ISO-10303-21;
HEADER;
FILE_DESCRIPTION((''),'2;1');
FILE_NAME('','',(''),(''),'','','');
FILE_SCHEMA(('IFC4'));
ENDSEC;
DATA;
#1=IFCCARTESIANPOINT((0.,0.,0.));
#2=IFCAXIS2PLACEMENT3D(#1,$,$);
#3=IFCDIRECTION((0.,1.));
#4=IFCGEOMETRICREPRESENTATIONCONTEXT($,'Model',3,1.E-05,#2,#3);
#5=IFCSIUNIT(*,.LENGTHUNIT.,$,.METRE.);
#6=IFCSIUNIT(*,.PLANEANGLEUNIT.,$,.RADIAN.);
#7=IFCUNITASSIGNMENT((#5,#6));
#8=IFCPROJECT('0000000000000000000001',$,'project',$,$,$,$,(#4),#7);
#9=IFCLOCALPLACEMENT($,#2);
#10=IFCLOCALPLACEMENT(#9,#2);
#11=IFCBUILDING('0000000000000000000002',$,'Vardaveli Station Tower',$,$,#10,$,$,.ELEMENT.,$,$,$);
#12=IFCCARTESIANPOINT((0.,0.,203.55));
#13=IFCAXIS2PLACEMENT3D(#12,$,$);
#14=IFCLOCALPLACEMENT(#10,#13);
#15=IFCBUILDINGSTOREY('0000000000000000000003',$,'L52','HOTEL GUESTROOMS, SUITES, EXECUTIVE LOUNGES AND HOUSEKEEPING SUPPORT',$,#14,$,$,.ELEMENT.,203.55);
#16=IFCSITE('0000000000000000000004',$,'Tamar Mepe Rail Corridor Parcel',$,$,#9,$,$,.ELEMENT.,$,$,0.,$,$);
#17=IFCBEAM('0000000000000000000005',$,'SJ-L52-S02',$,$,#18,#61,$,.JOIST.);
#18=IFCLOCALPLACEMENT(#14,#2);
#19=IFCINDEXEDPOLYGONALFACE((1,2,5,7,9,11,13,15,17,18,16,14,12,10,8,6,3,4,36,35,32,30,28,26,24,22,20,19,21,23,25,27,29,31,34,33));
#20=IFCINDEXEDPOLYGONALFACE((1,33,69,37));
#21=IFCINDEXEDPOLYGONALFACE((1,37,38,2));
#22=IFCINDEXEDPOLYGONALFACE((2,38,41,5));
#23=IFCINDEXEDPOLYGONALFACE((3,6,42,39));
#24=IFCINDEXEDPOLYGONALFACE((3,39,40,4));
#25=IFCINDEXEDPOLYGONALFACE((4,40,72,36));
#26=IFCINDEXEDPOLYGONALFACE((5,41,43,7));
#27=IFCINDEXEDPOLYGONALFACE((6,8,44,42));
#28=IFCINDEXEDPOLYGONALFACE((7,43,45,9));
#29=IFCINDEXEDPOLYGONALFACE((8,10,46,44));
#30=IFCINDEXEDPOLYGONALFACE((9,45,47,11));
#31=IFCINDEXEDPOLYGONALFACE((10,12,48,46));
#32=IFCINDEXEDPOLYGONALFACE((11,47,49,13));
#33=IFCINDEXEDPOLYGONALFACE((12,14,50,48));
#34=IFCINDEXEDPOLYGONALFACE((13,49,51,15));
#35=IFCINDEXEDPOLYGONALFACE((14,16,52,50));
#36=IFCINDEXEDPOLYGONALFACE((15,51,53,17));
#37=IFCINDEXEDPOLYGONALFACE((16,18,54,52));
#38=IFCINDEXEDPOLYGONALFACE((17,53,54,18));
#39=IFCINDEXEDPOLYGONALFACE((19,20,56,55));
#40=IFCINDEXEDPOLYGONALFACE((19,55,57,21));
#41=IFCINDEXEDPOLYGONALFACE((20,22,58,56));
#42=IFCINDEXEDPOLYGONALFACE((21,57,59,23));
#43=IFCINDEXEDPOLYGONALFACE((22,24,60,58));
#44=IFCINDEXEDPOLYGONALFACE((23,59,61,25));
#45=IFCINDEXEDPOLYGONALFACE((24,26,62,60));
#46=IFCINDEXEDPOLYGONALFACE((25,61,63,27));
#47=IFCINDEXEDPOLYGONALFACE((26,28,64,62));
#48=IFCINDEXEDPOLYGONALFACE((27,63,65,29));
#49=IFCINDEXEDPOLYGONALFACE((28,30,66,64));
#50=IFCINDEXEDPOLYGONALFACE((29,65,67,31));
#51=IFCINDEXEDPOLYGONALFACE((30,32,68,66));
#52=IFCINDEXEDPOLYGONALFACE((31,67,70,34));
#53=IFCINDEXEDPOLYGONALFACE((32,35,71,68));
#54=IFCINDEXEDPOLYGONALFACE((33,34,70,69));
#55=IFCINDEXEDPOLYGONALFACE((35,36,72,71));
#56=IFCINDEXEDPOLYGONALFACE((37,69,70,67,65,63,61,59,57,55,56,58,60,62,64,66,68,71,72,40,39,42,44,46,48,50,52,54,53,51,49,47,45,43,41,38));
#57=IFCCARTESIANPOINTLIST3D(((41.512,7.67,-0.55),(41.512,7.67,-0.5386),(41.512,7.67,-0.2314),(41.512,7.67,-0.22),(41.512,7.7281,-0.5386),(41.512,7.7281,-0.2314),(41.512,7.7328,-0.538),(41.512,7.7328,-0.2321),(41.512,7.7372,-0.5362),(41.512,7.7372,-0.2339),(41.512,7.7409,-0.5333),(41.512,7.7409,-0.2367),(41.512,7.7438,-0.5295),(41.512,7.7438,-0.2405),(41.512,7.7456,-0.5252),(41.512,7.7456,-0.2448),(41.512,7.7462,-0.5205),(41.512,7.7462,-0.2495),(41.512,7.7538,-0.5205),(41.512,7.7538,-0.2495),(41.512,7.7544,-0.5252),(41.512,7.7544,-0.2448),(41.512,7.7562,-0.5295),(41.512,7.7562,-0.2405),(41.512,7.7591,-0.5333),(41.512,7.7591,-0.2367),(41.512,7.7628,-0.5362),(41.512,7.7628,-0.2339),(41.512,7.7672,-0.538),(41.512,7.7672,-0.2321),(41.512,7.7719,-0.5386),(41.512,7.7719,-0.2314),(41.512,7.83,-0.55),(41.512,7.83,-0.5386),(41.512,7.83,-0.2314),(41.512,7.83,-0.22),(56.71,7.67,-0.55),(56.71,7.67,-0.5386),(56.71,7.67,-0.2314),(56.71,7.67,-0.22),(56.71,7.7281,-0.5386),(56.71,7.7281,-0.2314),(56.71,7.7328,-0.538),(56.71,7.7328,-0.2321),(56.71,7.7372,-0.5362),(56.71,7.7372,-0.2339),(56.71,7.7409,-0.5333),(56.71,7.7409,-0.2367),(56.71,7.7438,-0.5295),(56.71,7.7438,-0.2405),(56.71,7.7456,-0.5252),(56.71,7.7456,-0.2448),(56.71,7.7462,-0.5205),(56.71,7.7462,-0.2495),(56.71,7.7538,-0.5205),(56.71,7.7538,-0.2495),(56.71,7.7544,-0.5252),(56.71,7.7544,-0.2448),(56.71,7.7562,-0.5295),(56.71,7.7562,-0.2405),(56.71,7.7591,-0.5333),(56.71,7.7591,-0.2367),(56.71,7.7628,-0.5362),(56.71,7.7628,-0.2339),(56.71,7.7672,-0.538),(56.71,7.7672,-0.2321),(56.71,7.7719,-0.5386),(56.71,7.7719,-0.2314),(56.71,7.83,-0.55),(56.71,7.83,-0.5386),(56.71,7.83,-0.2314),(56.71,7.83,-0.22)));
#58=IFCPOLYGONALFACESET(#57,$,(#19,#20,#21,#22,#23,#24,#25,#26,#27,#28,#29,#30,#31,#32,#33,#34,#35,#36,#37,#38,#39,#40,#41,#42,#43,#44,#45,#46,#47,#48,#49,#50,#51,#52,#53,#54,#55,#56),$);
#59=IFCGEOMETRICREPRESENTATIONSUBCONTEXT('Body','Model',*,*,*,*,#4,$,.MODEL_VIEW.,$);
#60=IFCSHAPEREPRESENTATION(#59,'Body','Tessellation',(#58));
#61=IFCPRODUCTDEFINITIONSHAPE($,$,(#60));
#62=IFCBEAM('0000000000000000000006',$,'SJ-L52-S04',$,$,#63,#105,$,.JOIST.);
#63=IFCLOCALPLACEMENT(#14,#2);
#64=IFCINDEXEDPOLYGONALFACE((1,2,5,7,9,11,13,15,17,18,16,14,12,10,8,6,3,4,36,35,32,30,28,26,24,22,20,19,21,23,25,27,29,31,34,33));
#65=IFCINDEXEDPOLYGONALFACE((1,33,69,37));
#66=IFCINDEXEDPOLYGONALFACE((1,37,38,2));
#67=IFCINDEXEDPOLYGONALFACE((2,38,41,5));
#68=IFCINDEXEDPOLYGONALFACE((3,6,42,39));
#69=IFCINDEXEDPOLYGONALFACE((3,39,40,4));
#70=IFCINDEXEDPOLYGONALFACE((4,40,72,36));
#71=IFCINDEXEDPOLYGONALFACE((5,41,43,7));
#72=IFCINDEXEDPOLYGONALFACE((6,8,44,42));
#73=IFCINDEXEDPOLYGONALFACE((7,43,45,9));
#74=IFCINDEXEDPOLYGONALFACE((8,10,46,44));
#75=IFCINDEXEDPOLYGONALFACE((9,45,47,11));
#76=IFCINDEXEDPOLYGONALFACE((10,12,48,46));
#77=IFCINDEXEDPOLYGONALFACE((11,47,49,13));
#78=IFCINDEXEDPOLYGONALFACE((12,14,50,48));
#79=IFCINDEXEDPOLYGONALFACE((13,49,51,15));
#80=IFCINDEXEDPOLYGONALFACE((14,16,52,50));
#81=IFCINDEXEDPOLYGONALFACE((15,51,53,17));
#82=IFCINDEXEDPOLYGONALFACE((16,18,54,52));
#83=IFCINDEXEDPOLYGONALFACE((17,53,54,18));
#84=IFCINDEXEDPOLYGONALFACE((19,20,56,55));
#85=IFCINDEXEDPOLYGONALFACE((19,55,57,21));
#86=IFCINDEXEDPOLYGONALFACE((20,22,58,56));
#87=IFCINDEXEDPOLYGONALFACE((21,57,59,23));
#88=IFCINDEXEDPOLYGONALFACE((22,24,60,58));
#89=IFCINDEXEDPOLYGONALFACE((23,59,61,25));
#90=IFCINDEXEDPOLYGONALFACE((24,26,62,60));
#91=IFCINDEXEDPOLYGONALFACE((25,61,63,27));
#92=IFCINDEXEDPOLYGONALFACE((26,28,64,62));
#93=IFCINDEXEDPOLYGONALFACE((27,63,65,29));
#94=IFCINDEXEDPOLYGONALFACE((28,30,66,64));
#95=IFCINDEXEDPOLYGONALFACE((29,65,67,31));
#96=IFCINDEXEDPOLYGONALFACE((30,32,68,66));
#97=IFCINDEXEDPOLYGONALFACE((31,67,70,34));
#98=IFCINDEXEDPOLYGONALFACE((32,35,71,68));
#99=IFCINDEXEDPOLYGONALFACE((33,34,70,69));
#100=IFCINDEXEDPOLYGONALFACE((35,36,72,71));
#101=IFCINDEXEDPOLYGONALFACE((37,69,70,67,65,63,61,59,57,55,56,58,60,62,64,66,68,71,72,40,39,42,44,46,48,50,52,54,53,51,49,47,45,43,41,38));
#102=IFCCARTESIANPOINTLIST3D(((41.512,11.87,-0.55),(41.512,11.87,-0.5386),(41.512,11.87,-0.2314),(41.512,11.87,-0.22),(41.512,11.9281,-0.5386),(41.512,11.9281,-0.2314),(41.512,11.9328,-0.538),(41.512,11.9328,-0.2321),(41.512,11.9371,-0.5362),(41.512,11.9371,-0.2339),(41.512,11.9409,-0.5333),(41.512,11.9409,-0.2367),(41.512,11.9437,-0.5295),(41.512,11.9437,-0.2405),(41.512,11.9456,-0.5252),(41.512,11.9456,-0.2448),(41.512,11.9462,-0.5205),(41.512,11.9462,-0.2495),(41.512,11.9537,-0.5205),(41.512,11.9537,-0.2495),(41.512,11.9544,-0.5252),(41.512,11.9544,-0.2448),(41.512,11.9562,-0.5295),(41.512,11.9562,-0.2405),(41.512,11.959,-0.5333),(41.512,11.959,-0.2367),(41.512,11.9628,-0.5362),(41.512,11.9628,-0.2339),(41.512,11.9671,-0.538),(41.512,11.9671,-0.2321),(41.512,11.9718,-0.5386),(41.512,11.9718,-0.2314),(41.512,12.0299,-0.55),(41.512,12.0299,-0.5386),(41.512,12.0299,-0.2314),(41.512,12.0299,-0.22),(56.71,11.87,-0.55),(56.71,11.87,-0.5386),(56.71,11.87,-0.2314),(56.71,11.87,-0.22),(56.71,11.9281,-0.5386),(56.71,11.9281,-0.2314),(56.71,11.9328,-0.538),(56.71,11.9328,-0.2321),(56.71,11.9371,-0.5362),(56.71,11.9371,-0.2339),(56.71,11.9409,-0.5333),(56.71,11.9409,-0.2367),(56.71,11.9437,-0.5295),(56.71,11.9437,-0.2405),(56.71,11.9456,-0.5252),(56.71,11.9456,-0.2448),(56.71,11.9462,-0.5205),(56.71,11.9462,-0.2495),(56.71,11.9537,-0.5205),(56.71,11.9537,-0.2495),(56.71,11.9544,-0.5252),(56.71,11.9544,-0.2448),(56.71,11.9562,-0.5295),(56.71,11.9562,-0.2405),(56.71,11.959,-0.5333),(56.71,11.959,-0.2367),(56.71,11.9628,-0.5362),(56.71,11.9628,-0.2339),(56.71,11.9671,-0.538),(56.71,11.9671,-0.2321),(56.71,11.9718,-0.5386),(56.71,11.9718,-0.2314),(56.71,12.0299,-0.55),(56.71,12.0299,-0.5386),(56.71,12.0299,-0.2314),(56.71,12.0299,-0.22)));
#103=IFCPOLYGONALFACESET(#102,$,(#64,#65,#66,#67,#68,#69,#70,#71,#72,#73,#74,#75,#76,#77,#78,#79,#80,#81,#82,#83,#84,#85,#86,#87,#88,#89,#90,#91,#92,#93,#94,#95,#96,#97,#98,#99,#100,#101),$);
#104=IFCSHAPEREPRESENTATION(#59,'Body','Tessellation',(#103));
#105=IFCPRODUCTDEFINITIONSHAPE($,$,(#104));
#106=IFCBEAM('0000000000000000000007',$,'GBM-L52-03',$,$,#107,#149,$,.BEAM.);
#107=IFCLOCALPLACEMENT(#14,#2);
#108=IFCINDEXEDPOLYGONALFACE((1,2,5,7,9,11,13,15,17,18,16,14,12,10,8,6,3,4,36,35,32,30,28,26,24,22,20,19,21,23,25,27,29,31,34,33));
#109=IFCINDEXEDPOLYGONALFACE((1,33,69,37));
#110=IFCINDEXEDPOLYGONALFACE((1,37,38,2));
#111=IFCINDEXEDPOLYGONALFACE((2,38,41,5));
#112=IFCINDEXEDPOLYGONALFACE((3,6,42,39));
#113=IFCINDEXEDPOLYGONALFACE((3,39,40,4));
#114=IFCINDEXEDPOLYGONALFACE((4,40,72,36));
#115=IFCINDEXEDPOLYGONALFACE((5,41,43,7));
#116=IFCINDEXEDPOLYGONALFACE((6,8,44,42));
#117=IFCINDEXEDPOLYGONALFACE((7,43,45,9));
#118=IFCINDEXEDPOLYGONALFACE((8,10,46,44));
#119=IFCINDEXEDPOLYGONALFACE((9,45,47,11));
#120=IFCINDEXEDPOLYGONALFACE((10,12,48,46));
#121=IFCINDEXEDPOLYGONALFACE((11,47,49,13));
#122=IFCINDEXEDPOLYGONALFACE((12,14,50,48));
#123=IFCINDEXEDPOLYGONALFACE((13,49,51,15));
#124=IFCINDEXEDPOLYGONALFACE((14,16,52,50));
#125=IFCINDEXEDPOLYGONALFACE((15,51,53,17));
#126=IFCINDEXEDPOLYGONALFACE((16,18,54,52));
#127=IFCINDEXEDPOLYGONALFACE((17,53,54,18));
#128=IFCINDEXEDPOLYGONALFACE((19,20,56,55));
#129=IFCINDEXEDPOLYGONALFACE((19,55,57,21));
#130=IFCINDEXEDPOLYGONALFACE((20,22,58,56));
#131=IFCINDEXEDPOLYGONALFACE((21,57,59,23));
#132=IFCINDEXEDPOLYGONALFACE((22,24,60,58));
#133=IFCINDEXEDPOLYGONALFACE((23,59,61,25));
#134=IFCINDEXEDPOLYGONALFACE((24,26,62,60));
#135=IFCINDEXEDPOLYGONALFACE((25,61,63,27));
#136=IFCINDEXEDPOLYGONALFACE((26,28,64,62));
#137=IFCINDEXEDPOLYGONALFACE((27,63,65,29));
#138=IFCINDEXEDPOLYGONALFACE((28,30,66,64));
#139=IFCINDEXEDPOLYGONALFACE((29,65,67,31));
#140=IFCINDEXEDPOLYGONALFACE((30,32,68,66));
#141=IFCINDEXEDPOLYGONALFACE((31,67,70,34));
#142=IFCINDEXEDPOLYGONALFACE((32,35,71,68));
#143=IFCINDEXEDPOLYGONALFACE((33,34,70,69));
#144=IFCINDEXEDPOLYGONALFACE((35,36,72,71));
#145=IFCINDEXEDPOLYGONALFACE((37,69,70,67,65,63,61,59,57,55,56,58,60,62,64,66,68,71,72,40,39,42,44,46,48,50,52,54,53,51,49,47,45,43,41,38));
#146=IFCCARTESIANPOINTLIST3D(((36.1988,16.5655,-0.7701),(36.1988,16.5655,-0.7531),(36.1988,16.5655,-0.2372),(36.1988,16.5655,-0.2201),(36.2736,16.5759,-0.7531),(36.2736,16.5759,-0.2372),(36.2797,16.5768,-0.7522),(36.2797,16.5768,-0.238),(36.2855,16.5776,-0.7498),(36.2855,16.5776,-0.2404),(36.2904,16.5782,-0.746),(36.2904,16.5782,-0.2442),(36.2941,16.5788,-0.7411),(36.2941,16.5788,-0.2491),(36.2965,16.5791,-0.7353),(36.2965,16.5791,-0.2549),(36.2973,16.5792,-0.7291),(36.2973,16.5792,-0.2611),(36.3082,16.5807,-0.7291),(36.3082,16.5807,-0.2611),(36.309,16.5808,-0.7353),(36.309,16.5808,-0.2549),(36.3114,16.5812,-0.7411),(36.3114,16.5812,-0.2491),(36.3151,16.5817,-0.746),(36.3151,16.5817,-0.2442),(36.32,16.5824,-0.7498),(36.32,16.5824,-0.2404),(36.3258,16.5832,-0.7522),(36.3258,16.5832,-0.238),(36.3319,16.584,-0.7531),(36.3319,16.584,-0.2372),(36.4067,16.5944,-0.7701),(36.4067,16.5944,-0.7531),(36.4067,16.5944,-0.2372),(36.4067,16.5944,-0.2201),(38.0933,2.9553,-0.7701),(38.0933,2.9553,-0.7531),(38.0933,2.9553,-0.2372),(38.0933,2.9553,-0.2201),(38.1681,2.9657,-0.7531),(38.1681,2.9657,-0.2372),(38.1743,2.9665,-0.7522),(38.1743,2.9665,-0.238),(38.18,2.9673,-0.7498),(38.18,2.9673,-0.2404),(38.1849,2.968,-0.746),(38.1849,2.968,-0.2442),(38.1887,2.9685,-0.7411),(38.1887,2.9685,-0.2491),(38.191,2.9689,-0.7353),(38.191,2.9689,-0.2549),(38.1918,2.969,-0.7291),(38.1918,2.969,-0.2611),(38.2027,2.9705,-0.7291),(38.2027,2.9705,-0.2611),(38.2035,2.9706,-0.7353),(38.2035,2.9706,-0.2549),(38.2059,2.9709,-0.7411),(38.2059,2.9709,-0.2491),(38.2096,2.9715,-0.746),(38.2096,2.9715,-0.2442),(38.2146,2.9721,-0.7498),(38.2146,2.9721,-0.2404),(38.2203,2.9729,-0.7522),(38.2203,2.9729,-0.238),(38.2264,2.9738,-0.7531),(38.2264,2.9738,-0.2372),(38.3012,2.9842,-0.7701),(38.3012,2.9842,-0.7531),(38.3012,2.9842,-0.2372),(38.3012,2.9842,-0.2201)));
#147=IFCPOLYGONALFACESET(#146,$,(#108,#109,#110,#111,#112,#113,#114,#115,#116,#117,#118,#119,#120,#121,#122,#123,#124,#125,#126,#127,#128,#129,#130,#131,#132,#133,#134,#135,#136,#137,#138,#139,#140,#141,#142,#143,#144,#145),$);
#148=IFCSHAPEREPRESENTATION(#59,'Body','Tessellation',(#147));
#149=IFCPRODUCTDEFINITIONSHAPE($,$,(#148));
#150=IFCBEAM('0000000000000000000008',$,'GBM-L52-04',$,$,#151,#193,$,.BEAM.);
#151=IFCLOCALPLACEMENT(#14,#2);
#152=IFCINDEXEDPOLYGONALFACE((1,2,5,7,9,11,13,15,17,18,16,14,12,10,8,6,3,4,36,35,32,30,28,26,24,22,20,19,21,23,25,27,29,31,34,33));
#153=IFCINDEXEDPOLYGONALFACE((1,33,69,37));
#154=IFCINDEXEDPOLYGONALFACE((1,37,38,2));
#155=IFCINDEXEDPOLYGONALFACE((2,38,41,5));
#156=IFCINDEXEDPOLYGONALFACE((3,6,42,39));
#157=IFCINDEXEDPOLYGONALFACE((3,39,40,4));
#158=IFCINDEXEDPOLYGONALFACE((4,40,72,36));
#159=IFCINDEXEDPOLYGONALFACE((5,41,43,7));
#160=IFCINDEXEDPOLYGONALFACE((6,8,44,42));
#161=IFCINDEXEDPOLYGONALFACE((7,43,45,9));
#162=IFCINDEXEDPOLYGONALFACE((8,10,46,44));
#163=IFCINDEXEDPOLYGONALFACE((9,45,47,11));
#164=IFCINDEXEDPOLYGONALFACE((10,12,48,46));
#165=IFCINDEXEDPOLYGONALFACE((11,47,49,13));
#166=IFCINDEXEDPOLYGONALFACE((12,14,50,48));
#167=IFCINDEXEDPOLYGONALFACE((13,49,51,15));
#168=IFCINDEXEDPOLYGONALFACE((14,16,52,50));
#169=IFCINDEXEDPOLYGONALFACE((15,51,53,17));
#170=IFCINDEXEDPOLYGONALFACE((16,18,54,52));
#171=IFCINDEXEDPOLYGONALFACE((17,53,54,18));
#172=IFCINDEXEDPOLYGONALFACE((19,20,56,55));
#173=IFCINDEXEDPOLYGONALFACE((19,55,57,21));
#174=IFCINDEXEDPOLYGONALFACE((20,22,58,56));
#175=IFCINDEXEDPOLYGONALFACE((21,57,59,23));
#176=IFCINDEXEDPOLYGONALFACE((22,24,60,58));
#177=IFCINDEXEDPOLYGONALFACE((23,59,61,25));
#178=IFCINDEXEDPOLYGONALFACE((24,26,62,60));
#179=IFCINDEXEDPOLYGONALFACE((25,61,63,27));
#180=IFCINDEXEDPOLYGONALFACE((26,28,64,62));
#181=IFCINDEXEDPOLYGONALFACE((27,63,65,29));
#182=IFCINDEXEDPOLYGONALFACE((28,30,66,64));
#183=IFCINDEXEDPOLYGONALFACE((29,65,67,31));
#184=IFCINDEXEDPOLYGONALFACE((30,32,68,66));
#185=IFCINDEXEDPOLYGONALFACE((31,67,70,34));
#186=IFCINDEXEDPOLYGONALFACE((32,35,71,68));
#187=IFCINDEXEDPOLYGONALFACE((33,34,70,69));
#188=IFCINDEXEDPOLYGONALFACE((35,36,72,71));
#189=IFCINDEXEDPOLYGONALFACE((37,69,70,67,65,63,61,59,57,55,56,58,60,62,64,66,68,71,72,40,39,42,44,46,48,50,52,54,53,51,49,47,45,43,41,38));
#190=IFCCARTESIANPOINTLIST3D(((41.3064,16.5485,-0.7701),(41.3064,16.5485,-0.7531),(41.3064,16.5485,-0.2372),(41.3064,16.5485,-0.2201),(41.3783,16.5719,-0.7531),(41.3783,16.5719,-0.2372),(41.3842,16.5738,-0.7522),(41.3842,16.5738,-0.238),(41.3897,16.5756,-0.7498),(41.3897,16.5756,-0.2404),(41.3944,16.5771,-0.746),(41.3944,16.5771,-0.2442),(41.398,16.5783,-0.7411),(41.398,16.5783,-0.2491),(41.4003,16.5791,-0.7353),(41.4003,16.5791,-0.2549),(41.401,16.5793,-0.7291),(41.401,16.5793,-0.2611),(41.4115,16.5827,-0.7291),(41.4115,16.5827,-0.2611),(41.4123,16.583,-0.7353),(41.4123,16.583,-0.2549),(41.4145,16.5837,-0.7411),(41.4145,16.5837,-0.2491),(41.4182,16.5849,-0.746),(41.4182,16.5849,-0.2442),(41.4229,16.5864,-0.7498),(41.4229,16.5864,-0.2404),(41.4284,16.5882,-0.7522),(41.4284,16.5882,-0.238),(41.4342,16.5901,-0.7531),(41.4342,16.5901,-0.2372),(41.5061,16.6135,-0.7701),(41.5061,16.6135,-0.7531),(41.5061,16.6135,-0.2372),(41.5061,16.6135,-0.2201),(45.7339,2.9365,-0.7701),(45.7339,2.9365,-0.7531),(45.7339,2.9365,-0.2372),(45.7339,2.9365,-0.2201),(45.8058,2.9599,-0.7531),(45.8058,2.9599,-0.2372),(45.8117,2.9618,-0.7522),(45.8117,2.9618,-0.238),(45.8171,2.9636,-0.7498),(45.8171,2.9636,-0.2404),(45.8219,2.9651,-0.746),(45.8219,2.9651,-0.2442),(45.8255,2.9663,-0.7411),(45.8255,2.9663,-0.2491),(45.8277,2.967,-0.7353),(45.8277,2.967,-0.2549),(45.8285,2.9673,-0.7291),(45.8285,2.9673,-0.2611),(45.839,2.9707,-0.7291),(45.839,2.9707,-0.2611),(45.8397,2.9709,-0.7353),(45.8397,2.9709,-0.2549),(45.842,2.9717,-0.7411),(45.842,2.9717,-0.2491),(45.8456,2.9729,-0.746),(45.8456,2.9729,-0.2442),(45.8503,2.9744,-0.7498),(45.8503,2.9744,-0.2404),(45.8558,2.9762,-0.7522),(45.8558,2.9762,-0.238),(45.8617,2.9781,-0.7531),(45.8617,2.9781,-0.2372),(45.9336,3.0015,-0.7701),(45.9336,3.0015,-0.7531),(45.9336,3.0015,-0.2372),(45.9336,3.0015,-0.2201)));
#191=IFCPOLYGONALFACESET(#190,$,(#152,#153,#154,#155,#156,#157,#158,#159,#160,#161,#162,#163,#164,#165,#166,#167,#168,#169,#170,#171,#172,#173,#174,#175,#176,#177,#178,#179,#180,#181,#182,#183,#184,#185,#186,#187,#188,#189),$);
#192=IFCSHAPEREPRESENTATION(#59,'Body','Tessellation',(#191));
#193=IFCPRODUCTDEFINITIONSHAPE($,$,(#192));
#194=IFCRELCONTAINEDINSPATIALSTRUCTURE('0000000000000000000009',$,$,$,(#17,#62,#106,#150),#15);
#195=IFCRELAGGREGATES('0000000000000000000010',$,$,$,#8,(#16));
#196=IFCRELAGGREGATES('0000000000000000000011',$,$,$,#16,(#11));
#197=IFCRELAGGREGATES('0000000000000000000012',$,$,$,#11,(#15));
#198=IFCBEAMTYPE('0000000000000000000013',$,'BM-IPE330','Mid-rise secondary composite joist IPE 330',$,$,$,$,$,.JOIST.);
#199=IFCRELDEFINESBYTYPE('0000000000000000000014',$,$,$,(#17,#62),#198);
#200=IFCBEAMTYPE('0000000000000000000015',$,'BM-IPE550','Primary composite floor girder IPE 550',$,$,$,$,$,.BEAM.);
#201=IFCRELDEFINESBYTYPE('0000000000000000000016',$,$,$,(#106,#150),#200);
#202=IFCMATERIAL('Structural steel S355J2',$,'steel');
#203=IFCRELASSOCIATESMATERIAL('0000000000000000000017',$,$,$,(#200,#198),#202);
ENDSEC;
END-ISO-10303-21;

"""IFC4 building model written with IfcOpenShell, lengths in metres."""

from ifc_helpers import new_model, si_unit, direction, frame, origin, origin_2d, place, context, subcontext, project, spatial, i_section, extrude, source, transform, mapped, material, material_profile, profile_set, type_object, element, save


model = new_model("IFC4")

# Units and contexts
model_context = context("Model", 3, precision=1e-05, world=origin(), true_north=direction((0.0, 1.0)))
body_context = subcontext(model_context, "Body", "Model", "MODEL_VIEW")
ifc_project = project(units=[si_unit("LENGTHUNIT", "METRE"), si_unit("PLANEANGLEUNIT", "RADIAN")], contexts=[model_context])

# Site, building, storey
site_placement = place(None, origin())
site = spatial("IfcSite", under=ifc_project, at=site_placement, Name="Tamar Mepe Rail Corridor Parcel", CompositionType="ELEMENT", RefElevation=0.0)
building_placement = place(site_placement, origin())
building = spatial("IfcBuilding", under=site, at=building_placement, Name="Vardaveli Station Tower", CompositionType="ELEMENT")
storey_placement = place(building_placement, frame((0.0, 0.0, 203.55)))
storey = spatial("IfcBuildingStorey", under=building, at=storey_placement, Name="L52", Description="HOTEL GUESTROOMS, SUITES, EXECUTIVE LOUNGES AND HOUSEKEEPING SUPPORT", CompositionType="ELEMENT", Elevation=203.55)

# Beams
ifc_material_1 = material(Name="Structural steel S355J2", Category="steel")
ifc_material_profile_1 = material_profile(ifc_material_1, i_section(OverallWidth=0.21, OverallDepth=0.55, WebThickness=0.011, FlangeThickness=0.0171, FilletRadius=0.0239, at=origin_2d()), Name="IPE 550")
ifc_profile_set_1 = profile_set([ifc_material_profile_1], Name="Structural steel S355J2")
beam_type_1 = type_object("IfcBeamType", Name="BM-IPE550", Description="Primary composite floor girder IPE 550", PredefinedType="BEAM", material=ifc_profile_set_1)
ifc_material_profile_2 = material_profile(ifc_material_1, i_section(OverallWidth=0.1599, OverallDepth=0.3301, WebThickness=0.0076, FlangeThickness=0.0115, FilletRadius=0.0181, at=origin_2d()), Name="IPE 330")
ifc_profile_set_2 = profile_set([ifc_material_profile_2], Name="Structural steel S355J2")
beam_type_2 = type_object("IfcBeamType", Name="BM-IPE330", Description="Mid-rise secondary composite joist IPE 330", PredefinedType="JOIST", material=ifc_profile_set_2)
shared_shape_1 = source(origin(), body_context, "Body", "SweptSolid", [
    extrude(i_section(OverallWidth=0.1599, OverallDepth=0.3301, WebThickness=0.0076, FlangeThickness=0.0115, FilletRadius=0.0181, at=origin_2d()), origin(), (0.0, 0.0, 1.0), 15.198),
])
for number, where, z_axis, x_axis, name in (
    (1, (41.512, 7.75, -0.385), (1.0, 0.0, 0.0), (0.0, 1.0, 0.0), "SJ-L52-S02"),
    (2, (41.512, 11.95, -0.385), (1.0, 0.0, 0.0), (0.0, 1.0, 0.0), "SJ-L52-S04"),
):
    element("IfcBeam", number, at=place(storey_placement, frame(where, z_axis=z_axis, x_axis=x_axis)), inside=storey, type_object=beam_type_2, Name=name, PredefinedType="JOIST", context=body_context, shape_type="MappedRepresentation", body=[
        mapped(shared_shape_1, transform((0.0, 0.0, 0.0), scale=1.0)),
    ])
shared_shape_2 = source(origin(), body_context, "Body", "SweptSolid", [
    extrude(i_section(OverallWidth=0.21, OverallDepth=0.55, WebThickness=0.011, FlangeThickness=0.0171, FilletRadius=0.0239, at=origin_2d()), origin(), (0.0, 0.0, 1.0), 13.7415),
])
beam_1_placement = place(storey_placement, frame((38.1973, 2.9697, -0.4951), z_axis=(-0.137869, 0.990451, 0.0), x_axis=(-0.990451, -0.137869, 0.0)))
element("IfcBeam", 3, at=beam_1_placement, inside=storey, type_object=beam_type_1, Name="GBM-L52-03", PredefinedType="BEAM", context=body_context, shape_type="MappedRepresentation", body=[
    mapped(shared_shape_2, transform((0.0, 0.0, 0.0), scale=1.0)),
])
shared_shape_3 = source(origin(), body_context, "Body", "SweptSolid", [
    extrude(i_section(OverallWidth=0.21, OverallDepth=0.55, WebThickness=0.011, FlangeThickness=0.0171, FilletRadius=0.0239, at=origin_2d()), origin(), (0.0, 0.0, 1.0), 14.314),
])
beam_2_placement = place(storey_placement, frame((45.8337, 2.969, -0.4951), z_axis=(-0.309312, 0.950961, 0.0), x_axis=(-0.950961, -0.309312, 0.0)))
element("IfcBeam", 4, at=beam_2_placement, inside=storey, type_object=beam_type_1, Name="GBM-L52-04", PredefinedType="BEAM", context=body_context, shape_type="MappedRepresentation", body=[
    mapped(shared_shape_3, transform((0.0, 0.0, 0.0), scale=1.0)),
])

save(model, "model.ifc")
